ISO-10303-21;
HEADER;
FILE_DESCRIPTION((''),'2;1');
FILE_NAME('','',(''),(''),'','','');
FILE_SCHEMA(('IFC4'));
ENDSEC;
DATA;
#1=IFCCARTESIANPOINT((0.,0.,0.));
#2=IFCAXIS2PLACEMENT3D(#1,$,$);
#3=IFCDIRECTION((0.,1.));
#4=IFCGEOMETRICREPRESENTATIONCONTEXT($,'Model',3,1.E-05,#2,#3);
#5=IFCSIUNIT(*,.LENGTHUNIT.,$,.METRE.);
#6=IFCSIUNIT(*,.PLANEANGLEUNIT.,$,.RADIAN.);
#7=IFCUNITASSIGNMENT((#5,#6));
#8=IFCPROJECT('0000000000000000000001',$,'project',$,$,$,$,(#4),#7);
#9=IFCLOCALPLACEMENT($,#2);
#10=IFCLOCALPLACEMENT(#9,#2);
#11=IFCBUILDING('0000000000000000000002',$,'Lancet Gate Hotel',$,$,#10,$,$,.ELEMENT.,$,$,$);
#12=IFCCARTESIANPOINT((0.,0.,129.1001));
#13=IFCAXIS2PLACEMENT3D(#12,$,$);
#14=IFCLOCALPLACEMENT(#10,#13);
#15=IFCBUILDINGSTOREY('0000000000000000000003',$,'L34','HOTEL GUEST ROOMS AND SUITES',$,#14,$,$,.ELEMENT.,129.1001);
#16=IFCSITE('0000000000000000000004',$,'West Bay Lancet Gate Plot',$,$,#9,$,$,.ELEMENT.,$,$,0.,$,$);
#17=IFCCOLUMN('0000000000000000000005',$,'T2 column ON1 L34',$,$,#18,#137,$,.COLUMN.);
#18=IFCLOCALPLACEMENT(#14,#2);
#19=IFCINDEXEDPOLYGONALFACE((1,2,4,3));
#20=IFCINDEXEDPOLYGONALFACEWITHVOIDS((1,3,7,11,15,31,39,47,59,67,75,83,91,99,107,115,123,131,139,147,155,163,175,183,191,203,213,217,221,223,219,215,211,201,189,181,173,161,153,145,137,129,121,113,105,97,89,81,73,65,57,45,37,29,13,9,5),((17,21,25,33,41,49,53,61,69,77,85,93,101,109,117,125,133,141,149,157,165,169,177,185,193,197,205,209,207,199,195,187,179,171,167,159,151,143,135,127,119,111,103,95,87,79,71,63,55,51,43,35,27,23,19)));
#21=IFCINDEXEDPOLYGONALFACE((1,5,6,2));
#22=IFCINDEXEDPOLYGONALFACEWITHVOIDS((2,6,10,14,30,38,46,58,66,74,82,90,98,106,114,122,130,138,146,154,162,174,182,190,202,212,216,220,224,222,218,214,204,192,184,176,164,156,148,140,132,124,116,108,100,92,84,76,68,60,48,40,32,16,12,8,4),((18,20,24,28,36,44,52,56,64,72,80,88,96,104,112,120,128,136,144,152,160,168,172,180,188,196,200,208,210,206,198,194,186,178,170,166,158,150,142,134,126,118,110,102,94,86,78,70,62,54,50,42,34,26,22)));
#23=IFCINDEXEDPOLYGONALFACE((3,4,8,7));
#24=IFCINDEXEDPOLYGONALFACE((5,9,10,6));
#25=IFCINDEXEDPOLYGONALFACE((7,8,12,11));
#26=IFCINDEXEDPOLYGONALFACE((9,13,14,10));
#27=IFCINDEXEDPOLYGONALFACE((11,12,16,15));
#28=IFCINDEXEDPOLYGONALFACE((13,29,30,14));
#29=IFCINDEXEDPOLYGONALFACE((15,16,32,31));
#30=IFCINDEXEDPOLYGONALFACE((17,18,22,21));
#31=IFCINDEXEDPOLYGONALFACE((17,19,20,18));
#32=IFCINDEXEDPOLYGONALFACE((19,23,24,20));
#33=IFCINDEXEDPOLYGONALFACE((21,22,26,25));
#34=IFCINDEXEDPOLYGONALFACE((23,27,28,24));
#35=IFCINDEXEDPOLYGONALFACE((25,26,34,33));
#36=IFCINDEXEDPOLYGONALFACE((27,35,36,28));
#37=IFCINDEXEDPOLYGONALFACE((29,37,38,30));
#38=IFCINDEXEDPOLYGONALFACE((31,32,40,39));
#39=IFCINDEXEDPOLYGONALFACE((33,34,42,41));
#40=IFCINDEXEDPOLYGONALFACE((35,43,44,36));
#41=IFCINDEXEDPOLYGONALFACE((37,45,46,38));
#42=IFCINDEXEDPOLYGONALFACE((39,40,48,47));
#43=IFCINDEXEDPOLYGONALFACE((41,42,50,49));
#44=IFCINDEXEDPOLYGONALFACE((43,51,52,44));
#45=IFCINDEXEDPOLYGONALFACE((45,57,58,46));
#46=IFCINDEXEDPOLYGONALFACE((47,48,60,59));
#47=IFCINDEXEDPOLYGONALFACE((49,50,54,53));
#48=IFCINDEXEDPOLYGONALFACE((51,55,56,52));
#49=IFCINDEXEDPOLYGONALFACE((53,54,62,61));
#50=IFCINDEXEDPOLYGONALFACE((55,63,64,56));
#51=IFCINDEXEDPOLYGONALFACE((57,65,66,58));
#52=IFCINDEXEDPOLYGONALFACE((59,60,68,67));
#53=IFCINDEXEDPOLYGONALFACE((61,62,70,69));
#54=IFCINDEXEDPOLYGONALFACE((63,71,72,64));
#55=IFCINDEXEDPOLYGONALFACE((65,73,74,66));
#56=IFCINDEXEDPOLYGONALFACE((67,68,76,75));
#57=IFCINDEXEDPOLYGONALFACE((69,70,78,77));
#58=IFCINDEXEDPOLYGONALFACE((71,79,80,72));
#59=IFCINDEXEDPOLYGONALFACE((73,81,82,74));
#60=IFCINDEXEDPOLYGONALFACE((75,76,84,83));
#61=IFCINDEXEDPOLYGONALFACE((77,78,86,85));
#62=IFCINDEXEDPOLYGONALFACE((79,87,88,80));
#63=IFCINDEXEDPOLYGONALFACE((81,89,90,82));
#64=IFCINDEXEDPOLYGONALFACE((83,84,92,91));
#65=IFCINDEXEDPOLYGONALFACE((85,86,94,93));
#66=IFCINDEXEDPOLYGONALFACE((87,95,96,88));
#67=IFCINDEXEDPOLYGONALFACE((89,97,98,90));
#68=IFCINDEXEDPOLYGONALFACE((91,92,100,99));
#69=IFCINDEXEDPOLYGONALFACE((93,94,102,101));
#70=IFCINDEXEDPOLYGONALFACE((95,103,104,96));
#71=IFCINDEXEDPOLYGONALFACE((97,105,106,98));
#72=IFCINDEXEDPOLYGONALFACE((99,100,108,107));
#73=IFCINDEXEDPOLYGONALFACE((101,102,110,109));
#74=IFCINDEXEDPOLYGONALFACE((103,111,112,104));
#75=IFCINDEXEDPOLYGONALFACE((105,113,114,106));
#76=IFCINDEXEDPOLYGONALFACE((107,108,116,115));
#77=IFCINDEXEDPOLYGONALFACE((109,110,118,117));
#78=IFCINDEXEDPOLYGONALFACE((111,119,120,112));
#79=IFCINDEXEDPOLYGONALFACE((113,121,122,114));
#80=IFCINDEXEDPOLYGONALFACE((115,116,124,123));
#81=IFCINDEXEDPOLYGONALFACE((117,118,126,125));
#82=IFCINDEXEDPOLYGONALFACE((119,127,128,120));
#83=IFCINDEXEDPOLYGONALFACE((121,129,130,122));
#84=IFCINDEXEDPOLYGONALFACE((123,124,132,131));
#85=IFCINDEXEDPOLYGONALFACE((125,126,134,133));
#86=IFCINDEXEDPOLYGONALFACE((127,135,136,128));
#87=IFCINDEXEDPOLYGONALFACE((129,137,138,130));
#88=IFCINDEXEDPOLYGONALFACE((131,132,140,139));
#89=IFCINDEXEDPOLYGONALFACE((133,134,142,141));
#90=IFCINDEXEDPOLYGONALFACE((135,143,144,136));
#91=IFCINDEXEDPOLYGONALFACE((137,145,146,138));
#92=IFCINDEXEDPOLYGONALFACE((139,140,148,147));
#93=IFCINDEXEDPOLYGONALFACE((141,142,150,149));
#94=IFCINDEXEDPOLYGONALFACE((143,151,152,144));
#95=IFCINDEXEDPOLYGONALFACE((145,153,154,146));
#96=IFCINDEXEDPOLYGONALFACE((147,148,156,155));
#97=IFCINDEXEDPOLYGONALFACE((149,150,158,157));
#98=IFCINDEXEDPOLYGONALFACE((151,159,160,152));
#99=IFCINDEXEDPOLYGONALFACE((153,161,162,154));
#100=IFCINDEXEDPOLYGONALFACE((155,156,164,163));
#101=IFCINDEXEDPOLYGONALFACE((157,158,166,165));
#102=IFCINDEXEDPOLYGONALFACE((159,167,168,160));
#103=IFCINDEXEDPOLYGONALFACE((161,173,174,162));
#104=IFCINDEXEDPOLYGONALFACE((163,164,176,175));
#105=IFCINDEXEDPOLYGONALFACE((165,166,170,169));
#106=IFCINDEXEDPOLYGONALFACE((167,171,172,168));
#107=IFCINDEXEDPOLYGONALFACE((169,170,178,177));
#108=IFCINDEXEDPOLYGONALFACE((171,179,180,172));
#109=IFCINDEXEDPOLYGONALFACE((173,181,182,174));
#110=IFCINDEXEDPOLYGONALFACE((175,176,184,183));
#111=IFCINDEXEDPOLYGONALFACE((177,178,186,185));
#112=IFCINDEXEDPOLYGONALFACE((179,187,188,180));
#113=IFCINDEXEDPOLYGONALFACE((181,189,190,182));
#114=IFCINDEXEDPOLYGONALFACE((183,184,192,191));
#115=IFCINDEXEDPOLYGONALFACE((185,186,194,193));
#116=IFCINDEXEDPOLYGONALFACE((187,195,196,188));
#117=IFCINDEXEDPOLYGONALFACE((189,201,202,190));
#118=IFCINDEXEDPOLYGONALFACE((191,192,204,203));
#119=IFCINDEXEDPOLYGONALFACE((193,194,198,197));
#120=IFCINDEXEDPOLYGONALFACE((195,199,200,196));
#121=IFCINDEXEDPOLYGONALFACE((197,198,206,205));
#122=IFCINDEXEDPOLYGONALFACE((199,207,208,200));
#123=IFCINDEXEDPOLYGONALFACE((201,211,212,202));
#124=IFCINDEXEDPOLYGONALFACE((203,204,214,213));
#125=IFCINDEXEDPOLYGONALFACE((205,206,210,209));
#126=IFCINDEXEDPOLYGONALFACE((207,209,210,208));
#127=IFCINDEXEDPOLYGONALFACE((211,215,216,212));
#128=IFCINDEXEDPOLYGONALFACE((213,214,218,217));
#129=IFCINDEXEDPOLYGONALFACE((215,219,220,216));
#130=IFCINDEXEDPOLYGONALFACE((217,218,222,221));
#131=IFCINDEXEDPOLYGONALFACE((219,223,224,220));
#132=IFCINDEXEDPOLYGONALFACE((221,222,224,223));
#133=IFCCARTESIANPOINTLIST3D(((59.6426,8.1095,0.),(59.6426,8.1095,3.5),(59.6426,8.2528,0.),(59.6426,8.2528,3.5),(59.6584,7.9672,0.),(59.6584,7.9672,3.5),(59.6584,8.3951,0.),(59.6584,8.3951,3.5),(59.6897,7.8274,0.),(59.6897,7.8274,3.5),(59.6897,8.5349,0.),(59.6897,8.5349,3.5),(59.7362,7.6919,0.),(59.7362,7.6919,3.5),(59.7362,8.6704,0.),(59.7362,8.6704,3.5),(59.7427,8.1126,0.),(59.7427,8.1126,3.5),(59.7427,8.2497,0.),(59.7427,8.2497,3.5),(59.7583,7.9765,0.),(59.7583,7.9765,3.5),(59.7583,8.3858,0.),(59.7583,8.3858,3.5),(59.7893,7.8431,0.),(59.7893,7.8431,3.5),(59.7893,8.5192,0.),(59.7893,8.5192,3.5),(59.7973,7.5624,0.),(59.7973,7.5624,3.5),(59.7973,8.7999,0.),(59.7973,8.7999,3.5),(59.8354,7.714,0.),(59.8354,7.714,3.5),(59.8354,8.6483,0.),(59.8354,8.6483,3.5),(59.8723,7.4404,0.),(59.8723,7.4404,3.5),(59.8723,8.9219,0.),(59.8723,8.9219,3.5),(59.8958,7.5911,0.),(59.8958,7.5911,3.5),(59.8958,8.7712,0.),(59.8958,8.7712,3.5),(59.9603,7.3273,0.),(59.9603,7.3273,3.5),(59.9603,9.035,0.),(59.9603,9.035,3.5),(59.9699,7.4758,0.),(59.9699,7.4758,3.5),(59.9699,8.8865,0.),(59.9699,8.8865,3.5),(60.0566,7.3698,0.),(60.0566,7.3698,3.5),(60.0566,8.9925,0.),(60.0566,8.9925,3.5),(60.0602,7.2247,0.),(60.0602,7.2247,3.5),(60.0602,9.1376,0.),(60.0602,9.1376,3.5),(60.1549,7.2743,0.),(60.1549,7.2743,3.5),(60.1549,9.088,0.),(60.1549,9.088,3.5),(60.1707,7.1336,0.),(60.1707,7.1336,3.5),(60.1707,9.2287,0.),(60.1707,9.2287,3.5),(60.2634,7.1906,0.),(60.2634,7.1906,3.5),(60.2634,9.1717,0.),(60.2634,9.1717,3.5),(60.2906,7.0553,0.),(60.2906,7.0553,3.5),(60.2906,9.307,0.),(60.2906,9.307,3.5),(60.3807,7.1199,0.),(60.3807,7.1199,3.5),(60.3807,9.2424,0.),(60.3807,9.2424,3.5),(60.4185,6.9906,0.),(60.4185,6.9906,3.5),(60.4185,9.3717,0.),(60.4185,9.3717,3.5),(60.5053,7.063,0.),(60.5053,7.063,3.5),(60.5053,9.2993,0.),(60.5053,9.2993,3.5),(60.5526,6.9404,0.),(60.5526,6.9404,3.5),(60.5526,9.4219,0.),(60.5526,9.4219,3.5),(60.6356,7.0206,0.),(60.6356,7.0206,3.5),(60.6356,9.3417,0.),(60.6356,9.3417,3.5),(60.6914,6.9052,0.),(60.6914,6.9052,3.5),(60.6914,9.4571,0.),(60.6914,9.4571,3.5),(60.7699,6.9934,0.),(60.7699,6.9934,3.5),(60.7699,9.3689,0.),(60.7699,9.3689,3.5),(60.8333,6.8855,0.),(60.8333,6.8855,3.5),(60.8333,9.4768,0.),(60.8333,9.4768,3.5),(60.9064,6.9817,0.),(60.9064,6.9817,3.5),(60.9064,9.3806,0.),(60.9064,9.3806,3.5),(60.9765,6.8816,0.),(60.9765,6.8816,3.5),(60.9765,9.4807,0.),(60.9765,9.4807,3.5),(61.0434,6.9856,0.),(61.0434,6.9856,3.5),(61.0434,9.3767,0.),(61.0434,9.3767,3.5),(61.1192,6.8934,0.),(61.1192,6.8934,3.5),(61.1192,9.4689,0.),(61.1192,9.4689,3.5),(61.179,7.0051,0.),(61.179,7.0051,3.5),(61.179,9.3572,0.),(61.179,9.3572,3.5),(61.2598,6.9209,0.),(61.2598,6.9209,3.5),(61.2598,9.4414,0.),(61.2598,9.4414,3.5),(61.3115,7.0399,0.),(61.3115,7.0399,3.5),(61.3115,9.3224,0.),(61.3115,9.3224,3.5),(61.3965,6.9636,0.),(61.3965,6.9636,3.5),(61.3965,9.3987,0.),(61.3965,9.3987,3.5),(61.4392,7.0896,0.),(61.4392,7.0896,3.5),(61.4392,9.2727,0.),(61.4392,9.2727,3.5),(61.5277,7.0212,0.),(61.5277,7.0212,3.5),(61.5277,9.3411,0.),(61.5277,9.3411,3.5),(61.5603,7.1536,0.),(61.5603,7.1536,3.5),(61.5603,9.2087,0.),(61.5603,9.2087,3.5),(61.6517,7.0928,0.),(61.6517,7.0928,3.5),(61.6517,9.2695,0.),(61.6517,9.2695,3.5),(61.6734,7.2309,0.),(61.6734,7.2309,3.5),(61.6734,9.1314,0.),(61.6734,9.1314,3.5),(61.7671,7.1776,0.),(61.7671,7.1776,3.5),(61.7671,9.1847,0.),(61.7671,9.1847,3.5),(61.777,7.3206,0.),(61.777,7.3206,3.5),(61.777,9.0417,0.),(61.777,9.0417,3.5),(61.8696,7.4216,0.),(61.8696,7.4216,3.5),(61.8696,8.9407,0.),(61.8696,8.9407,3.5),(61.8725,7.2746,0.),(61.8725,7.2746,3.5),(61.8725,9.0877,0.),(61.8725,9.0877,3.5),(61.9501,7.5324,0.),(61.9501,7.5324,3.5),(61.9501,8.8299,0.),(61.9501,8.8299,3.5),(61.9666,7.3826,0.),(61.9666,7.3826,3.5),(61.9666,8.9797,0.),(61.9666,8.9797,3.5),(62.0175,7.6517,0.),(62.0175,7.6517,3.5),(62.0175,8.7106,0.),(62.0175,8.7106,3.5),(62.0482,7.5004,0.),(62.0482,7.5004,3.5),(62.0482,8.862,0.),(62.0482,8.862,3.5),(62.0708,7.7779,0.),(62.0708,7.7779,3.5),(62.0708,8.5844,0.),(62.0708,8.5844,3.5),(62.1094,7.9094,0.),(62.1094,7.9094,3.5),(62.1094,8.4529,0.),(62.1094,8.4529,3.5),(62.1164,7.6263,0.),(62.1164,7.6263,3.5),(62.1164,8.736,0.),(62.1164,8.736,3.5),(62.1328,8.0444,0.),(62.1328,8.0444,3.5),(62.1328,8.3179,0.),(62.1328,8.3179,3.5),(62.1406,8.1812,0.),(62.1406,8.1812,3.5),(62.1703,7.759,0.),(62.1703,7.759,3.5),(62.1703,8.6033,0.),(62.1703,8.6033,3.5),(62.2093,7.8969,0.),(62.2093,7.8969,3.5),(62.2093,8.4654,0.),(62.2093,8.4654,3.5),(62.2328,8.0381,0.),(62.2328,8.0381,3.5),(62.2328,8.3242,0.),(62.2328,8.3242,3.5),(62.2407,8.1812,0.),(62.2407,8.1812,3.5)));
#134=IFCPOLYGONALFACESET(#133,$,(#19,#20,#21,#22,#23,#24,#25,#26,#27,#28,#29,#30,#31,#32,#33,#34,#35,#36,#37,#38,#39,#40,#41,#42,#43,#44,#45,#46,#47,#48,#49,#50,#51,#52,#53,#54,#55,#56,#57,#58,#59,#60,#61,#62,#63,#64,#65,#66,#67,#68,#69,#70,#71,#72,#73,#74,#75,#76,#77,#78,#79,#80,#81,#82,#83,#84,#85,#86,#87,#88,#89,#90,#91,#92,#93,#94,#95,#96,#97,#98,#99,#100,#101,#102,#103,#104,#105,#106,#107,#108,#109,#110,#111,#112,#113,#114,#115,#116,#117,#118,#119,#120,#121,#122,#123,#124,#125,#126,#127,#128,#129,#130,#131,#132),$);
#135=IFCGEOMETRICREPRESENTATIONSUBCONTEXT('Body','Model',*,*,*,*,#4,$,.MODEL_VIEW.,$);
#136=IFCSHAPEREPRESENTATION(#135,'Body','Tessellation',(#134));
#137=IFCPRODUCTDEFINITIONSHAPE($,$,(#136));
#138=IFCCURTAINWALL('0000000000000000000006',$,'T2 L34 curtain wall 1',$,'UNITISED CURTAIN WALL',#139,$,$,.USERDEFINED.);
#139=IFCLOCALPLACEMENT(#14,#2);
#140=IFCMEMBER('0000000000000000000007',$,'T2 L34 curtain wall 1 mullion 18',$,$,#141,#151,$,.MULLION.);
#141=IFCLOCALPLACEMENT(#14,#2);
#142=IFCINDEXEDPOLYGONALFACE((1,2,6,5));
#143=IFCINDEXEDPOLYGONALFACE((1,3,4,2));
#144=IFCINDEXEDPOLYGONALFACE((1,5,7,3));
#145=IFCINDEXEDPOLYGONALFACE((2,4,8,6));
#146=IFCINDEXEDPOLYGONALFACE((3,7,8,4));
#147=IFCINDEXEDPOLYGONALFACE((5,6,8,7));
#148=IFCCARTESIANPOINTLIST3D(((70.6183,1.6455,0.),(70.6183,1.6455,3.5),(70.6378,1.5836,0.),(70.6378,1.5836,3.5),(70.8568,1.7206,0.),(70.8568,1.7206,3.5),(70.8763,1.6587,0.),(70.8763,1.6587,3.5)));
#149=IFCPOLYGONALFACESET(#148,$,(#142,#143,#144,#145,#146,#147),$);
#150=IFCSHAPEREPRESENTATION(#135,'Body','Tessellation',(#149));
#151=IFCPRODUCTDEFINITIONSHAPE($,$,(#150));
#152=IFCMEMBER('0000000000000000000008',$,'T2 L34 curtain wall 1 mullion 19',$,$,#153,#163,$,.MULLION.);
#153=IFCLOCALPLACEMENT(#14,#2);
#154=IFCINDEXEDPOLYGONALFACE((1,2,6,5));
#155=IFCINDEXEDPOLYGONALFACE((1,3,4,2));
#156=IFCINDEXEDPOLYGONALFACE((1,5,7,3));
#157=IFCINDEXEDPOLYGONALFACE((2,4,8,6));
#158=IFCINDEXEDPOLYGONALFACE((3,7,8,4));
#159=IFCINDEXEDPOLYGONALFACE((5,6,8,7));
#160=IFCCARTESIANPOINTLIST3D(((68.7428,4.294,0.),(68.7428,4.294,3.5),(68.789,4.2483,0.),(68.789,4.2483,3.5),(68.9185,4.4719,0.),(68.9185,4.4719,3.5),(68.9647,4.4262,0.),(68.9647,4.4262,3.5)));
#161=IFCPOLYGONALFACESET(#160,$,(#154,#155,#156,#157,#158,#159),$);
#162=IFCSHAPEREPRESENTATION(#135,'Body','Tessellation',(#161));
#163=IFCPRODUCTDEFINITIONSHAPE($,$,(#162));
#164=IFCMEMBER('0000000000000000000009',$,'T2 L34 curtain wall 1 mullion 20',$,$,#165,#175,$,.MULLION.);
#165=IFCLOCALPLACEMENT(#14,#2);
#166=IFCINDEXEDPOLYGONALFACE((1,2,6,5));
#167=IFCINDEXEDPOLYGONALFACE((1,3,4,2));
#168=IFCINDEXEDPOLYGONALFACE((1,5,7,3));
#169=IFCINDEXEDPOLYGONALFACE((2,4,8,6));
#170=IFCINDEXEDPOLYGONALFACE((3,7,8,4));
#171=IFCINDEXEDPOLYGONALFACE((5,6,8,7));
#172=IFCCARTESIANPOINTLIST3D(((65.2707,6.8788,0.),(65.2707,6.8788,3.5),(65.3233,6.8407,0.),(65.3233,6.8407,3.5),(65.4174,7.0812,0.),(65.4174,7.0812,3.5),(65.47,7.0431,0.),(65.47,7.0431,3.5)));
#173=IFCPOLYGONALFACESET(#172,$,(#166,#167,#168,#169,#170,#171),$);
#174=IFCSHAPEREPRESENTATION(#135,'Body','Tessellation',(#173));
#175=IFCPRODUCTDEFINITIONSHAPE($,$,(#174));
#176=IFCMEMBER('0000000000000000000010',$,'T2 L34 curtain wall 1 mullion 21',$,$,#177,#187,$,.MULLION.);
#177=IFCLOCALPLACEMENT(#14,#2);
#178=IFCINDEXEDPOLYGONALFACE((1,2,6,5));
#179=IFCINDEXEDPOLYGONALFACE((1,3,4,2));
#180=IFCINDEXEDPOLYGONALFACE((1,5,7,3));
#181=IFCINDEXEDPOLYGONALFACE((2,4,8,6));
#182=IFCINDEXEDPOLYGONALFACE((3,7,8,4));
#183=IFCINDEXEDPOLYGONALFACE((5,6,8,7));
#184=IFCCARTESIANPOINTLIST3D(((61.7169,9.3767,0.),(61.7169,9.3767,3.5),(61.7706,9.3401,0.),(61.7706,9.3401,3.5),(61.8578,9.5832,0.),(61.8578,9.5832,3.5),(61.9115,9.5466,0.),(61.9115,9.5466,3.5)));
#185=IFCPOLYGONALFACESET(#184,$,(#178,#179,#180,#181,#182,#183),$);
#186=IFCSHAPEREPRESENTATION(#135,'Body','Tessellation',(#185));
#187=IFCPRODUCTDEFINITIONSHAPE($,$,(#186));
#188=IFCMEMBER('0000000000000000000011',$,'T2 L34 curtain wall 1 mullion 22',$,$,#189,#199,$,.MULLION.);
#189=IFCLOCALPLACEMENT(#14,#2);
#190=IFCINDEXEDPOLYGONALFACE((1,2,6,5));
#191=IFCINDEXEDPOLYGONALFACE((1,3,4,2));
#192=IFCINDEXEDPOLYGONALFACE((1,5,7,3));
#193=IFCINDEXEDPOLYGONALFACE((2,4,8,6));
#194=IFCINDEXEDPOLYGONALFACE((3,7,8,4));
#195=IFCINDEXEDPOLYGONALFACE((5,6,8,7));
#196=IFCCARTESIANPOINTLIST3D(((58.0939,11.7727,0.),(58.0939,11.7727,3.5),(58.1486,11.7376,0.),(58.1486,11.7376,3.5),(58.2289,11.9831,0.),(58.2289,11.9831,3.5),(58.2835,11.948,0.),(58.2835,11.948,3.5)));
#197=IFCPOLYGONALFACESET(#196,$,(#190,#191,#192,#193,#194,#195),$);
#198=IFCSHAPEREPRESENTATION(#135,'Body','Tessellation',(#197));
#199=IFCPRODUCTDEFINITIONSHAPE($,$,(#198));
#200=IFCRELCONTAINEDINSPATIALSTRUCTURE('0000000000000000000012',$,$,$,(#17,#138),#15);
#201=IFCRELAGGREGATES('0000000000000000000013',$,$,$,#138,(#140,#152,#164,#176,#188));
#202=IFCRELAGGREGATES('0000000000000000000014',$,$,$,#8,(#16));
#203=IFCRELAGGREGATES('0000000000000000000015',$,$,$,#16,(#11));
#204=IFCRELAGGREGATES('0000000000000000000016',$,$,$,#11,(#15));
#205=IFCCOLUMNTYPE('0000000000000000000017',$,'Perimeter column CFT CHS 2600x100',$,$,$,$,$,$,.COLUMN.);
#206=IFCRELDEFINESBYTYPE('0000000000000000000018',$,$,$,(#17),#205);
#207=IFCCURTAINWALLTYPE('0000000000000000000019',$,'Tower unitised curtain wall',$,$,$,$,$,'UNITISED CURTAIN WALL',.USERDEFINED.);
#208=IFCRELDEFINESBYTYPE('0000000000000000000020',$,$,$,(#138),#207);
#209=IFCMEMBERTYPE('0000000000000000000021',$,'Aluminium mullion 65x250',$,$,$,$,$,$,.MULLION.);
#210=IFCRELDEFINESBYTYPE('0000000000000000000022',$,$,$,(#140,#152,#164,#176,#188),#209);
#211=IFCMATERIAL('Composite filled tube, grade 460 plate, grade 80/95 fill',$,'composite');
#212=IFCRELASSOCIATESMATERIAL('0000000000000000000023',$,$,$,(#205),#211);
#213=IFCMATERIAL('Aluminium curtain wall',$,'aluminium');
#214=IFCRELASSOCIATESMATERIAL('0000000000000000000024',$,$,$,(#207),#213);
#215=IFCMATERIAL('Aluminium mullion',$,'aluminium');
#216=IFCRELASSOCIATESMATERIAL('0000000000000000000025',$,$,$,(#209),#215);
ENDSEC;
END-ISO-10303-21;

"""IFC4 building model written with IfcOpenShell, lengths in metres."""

from ifc_helpers import new_model, si_unit, direction, frame, origin, origin_2d, place, context, subcontext, project, spatial, rectangle, hollow_circle, extrude, material, material_profile, profile_set, type_object, element, aggregate, save


model = new_model("IFC4")

# Units and contexts
model_context = context("Model", 3, precision=1e-05, world=origin(), true_north=direction((0.0, 1.0)))
body_context = subcontext(model_context, "Body", "Model", "MODEL_VIEW")
ifc_project = project(units=[si_unit("LENGTHUNIT", "METRE"), si_unit("PLANEANGLEUNIT", "RADIAN")], contexts=[model_context])

# Site, building, storey
site_placement = place(None, origin())
site = spatial("IfcSite", under=ifc_project, at=site_placement, Name="West Bay Lancet Gate Plot", CompositionType="ELEMENT", RefElevation=0.0)
building_placement = place(site_placement, origin())
building = spatial("IfcBuilding", under=site, at=building_placement, Name="Lancet Gate Hotel", CompositionType="ELEMENT")
storey_placement = place(building_placement, frame((0.0, 0.0, 129.1001)))
storey = spatial("IfcBuildingStorey", under=building, at=storey_placement, Name="L34", Description="HOTEL GUEST ROOMS AND SUITES", CompositionType="ELEMENT", Elevation=129.1001)

# Column
ifc_material_1 = material(Name="Composite filled tube, grade 460 plate, grade 80/95 fill", Category="composite")
ifc_material_profile_1 = material_profile(ifc_material_1, hollow_circle(Radius=1.3, WallThickness=0.1001, at=origin_2d()), Name="CHS 2600x100")
ifc_profile_set_1 = profile_set([ifc_material_profile_1], Name="Composite filled tube, grade 460 plate, grade 80/95 fill")
column_type_1 = type_object("IfcColumnType", Name="Perimeter column CFT CHS 2600x100", PredefinedType="COLUMN", material=ifc_profile_set_1)
column_1_placement = place(storey_placement, frame((60.9407, 8.1812, 0.0), z_axis=(0.0, 0.0, 1.0), x_axis=(1.0, 0.0, 0.0)))
element("IfcColumn", 1, at=column_1_placement, inside=storey, type_object=column_type_1, Name="T2 column ON1 L34", PredefinedType="COLUMN", context=body_context, shape_type="SweptSolid", body=[
    extrude(hollow_circle(Radius=1.3, WallThickness=0.1001, at=origin_2d()), origin(), (0.0, 0.0, 1.0), 3.5),
])

# Curtain wall, members
ifc_material_2 = material(Name="Aluminium curtain wall", Category="aluminium")
curtain_wall_type = type_object("IfcCurtainWallType", Name="Tower unitised curtain wall", ElementType="UNITISED CURTAIN WALL", PredefinedType="USERDEFINED", material=ifc_material_2)
curtain_wall_placement = place(storey_placement, origin())
curtain_wall = element("IfcCurtainWall", 2, at=curtain_wall_placement, inside=storey, type_object=curtain_wall_type, Name="T2 L34 curtain wall 1", ObjectType="UNITISED CURTAIN WALL", PredefinedType="USERDEFINED")
ifc_material_3 = material(Name="Aluminium mullion", Category="aluminium")
ifc_material_profile_2 = material_profile(ifc_material_3, rectangle(XDim=0.0649, YDim=0.25, at=origin_2d()), Name="MULLION 65x250")
ifc_profile_set_2 = profile_set([ifc_material_profile_2], Name="Aluminium mullion")
member_type_1 = type_object("IfcMemberType", Name="Aluminium mullion 65x250", PredefinedType="MULLION", material=ifc_profile_set_2)
member_1_placement = place(storey_placement, frame((70.7473, 1.6521, 0.0), z_axis=(0.0, 0.0, 1.0), x_axis=(-0.300385, 0.953818, 0.0)))
member_1 = element("IfcMember", 3, at=member_1_placement, type_object=member_type_1, Name="T2 L34 curtain wall 1 mullion 18", PredefinedType="MULLION", context=body_context, shape_type="SweptSolid", body=[
    extrude(rectangle(XDim=0.0649, YDim=0.25, at=origin_2d()), origin(), (0.0, 0.0, 1.0), 3.5),
])
member_2_placement = place(storey_placement, frame((68.8538, 4.3601, 0.0), z_axis=(0.0, 0.0, 1.0), x_axis=(-0.71161, 0.702574, 0.0)))
member_2 = element("IfcMember", 4, at=member_2_placement, type_object=member_type_1, Name="T2 L34 curtain wall 1 mullion 19", PredefinedType="MULLION", context=body_context, shape_type="SweptSolid", body=[
    extrude(rectangle(XDim=0.0649, YDim=0.25, at=origin_2d()), origin(), (0.0, 0.0, 1.0), 3.5),
])
member_3_placement = place(storey_placement, frame((65.3704, 6.9609, 0.0), z_axis=(0.0, 0.0, 1.0), x_axis=(-0.809729, 0.586805, 0.0)))
member_3 = element("IfcMember", 5, at=member_3_placement, type_object=member_type_1, Name="T2 L34 curtain wall 1 mullion 20", PredefinedType="MULLION", context=body_context, shape_type="SweptSolid", body=[
    extrude(rectangle(XDim=0.0649, YDim=0.25, at=origin_2d()), origin(), (0.0, 0.0, 1.0), 3.5),
])
member_4_placement = place(storey_placement, frame((61.8142, 9.4617, 0.0), z_axis=(0.0, 0.0, 1.0), x_axis=(-0.826066, 0.563574, 0.0)))
member_4 = element("IfcMember", 6, at=member_4_placement, type_object=member_type_1, Name="T2 L34 curtain wall 1 mullion 21", PredefinedType="MULLION", context=body_context, shape_type="SweptSolid", body=[
    extrude(rectangle(XDim=0.0649, YDim=0.25, at=origin_2d()), origin(), (0.0, 0.0, 1.0), 3.5),
])
member_5_placement = place(storey_placement, frame((58.1887, 11.8604, 0.0), z_axis=(0.0, 0.0, 1.0), x_axis=(-0.841736, 0.539889, 0.0)))
member_5 = element("IfcMember", 7, at=member_5_placement, type_object=member_type_1, Name="T2 L34 curtain wall 1 mullion 22", PredefinedType="MULLION", context=body_context, shape_type="SweptSolid", body=[
    extrude(rectangle(XDim=0.0649, YDim=0.25, at=origin_2d()), origin(), (0.0, 0.0, 1.0), 3.5),
])

aggregate(curtain_wall, [member_1, member_2, member_3, member_4, member_5])

save(model, "model.ifc")
